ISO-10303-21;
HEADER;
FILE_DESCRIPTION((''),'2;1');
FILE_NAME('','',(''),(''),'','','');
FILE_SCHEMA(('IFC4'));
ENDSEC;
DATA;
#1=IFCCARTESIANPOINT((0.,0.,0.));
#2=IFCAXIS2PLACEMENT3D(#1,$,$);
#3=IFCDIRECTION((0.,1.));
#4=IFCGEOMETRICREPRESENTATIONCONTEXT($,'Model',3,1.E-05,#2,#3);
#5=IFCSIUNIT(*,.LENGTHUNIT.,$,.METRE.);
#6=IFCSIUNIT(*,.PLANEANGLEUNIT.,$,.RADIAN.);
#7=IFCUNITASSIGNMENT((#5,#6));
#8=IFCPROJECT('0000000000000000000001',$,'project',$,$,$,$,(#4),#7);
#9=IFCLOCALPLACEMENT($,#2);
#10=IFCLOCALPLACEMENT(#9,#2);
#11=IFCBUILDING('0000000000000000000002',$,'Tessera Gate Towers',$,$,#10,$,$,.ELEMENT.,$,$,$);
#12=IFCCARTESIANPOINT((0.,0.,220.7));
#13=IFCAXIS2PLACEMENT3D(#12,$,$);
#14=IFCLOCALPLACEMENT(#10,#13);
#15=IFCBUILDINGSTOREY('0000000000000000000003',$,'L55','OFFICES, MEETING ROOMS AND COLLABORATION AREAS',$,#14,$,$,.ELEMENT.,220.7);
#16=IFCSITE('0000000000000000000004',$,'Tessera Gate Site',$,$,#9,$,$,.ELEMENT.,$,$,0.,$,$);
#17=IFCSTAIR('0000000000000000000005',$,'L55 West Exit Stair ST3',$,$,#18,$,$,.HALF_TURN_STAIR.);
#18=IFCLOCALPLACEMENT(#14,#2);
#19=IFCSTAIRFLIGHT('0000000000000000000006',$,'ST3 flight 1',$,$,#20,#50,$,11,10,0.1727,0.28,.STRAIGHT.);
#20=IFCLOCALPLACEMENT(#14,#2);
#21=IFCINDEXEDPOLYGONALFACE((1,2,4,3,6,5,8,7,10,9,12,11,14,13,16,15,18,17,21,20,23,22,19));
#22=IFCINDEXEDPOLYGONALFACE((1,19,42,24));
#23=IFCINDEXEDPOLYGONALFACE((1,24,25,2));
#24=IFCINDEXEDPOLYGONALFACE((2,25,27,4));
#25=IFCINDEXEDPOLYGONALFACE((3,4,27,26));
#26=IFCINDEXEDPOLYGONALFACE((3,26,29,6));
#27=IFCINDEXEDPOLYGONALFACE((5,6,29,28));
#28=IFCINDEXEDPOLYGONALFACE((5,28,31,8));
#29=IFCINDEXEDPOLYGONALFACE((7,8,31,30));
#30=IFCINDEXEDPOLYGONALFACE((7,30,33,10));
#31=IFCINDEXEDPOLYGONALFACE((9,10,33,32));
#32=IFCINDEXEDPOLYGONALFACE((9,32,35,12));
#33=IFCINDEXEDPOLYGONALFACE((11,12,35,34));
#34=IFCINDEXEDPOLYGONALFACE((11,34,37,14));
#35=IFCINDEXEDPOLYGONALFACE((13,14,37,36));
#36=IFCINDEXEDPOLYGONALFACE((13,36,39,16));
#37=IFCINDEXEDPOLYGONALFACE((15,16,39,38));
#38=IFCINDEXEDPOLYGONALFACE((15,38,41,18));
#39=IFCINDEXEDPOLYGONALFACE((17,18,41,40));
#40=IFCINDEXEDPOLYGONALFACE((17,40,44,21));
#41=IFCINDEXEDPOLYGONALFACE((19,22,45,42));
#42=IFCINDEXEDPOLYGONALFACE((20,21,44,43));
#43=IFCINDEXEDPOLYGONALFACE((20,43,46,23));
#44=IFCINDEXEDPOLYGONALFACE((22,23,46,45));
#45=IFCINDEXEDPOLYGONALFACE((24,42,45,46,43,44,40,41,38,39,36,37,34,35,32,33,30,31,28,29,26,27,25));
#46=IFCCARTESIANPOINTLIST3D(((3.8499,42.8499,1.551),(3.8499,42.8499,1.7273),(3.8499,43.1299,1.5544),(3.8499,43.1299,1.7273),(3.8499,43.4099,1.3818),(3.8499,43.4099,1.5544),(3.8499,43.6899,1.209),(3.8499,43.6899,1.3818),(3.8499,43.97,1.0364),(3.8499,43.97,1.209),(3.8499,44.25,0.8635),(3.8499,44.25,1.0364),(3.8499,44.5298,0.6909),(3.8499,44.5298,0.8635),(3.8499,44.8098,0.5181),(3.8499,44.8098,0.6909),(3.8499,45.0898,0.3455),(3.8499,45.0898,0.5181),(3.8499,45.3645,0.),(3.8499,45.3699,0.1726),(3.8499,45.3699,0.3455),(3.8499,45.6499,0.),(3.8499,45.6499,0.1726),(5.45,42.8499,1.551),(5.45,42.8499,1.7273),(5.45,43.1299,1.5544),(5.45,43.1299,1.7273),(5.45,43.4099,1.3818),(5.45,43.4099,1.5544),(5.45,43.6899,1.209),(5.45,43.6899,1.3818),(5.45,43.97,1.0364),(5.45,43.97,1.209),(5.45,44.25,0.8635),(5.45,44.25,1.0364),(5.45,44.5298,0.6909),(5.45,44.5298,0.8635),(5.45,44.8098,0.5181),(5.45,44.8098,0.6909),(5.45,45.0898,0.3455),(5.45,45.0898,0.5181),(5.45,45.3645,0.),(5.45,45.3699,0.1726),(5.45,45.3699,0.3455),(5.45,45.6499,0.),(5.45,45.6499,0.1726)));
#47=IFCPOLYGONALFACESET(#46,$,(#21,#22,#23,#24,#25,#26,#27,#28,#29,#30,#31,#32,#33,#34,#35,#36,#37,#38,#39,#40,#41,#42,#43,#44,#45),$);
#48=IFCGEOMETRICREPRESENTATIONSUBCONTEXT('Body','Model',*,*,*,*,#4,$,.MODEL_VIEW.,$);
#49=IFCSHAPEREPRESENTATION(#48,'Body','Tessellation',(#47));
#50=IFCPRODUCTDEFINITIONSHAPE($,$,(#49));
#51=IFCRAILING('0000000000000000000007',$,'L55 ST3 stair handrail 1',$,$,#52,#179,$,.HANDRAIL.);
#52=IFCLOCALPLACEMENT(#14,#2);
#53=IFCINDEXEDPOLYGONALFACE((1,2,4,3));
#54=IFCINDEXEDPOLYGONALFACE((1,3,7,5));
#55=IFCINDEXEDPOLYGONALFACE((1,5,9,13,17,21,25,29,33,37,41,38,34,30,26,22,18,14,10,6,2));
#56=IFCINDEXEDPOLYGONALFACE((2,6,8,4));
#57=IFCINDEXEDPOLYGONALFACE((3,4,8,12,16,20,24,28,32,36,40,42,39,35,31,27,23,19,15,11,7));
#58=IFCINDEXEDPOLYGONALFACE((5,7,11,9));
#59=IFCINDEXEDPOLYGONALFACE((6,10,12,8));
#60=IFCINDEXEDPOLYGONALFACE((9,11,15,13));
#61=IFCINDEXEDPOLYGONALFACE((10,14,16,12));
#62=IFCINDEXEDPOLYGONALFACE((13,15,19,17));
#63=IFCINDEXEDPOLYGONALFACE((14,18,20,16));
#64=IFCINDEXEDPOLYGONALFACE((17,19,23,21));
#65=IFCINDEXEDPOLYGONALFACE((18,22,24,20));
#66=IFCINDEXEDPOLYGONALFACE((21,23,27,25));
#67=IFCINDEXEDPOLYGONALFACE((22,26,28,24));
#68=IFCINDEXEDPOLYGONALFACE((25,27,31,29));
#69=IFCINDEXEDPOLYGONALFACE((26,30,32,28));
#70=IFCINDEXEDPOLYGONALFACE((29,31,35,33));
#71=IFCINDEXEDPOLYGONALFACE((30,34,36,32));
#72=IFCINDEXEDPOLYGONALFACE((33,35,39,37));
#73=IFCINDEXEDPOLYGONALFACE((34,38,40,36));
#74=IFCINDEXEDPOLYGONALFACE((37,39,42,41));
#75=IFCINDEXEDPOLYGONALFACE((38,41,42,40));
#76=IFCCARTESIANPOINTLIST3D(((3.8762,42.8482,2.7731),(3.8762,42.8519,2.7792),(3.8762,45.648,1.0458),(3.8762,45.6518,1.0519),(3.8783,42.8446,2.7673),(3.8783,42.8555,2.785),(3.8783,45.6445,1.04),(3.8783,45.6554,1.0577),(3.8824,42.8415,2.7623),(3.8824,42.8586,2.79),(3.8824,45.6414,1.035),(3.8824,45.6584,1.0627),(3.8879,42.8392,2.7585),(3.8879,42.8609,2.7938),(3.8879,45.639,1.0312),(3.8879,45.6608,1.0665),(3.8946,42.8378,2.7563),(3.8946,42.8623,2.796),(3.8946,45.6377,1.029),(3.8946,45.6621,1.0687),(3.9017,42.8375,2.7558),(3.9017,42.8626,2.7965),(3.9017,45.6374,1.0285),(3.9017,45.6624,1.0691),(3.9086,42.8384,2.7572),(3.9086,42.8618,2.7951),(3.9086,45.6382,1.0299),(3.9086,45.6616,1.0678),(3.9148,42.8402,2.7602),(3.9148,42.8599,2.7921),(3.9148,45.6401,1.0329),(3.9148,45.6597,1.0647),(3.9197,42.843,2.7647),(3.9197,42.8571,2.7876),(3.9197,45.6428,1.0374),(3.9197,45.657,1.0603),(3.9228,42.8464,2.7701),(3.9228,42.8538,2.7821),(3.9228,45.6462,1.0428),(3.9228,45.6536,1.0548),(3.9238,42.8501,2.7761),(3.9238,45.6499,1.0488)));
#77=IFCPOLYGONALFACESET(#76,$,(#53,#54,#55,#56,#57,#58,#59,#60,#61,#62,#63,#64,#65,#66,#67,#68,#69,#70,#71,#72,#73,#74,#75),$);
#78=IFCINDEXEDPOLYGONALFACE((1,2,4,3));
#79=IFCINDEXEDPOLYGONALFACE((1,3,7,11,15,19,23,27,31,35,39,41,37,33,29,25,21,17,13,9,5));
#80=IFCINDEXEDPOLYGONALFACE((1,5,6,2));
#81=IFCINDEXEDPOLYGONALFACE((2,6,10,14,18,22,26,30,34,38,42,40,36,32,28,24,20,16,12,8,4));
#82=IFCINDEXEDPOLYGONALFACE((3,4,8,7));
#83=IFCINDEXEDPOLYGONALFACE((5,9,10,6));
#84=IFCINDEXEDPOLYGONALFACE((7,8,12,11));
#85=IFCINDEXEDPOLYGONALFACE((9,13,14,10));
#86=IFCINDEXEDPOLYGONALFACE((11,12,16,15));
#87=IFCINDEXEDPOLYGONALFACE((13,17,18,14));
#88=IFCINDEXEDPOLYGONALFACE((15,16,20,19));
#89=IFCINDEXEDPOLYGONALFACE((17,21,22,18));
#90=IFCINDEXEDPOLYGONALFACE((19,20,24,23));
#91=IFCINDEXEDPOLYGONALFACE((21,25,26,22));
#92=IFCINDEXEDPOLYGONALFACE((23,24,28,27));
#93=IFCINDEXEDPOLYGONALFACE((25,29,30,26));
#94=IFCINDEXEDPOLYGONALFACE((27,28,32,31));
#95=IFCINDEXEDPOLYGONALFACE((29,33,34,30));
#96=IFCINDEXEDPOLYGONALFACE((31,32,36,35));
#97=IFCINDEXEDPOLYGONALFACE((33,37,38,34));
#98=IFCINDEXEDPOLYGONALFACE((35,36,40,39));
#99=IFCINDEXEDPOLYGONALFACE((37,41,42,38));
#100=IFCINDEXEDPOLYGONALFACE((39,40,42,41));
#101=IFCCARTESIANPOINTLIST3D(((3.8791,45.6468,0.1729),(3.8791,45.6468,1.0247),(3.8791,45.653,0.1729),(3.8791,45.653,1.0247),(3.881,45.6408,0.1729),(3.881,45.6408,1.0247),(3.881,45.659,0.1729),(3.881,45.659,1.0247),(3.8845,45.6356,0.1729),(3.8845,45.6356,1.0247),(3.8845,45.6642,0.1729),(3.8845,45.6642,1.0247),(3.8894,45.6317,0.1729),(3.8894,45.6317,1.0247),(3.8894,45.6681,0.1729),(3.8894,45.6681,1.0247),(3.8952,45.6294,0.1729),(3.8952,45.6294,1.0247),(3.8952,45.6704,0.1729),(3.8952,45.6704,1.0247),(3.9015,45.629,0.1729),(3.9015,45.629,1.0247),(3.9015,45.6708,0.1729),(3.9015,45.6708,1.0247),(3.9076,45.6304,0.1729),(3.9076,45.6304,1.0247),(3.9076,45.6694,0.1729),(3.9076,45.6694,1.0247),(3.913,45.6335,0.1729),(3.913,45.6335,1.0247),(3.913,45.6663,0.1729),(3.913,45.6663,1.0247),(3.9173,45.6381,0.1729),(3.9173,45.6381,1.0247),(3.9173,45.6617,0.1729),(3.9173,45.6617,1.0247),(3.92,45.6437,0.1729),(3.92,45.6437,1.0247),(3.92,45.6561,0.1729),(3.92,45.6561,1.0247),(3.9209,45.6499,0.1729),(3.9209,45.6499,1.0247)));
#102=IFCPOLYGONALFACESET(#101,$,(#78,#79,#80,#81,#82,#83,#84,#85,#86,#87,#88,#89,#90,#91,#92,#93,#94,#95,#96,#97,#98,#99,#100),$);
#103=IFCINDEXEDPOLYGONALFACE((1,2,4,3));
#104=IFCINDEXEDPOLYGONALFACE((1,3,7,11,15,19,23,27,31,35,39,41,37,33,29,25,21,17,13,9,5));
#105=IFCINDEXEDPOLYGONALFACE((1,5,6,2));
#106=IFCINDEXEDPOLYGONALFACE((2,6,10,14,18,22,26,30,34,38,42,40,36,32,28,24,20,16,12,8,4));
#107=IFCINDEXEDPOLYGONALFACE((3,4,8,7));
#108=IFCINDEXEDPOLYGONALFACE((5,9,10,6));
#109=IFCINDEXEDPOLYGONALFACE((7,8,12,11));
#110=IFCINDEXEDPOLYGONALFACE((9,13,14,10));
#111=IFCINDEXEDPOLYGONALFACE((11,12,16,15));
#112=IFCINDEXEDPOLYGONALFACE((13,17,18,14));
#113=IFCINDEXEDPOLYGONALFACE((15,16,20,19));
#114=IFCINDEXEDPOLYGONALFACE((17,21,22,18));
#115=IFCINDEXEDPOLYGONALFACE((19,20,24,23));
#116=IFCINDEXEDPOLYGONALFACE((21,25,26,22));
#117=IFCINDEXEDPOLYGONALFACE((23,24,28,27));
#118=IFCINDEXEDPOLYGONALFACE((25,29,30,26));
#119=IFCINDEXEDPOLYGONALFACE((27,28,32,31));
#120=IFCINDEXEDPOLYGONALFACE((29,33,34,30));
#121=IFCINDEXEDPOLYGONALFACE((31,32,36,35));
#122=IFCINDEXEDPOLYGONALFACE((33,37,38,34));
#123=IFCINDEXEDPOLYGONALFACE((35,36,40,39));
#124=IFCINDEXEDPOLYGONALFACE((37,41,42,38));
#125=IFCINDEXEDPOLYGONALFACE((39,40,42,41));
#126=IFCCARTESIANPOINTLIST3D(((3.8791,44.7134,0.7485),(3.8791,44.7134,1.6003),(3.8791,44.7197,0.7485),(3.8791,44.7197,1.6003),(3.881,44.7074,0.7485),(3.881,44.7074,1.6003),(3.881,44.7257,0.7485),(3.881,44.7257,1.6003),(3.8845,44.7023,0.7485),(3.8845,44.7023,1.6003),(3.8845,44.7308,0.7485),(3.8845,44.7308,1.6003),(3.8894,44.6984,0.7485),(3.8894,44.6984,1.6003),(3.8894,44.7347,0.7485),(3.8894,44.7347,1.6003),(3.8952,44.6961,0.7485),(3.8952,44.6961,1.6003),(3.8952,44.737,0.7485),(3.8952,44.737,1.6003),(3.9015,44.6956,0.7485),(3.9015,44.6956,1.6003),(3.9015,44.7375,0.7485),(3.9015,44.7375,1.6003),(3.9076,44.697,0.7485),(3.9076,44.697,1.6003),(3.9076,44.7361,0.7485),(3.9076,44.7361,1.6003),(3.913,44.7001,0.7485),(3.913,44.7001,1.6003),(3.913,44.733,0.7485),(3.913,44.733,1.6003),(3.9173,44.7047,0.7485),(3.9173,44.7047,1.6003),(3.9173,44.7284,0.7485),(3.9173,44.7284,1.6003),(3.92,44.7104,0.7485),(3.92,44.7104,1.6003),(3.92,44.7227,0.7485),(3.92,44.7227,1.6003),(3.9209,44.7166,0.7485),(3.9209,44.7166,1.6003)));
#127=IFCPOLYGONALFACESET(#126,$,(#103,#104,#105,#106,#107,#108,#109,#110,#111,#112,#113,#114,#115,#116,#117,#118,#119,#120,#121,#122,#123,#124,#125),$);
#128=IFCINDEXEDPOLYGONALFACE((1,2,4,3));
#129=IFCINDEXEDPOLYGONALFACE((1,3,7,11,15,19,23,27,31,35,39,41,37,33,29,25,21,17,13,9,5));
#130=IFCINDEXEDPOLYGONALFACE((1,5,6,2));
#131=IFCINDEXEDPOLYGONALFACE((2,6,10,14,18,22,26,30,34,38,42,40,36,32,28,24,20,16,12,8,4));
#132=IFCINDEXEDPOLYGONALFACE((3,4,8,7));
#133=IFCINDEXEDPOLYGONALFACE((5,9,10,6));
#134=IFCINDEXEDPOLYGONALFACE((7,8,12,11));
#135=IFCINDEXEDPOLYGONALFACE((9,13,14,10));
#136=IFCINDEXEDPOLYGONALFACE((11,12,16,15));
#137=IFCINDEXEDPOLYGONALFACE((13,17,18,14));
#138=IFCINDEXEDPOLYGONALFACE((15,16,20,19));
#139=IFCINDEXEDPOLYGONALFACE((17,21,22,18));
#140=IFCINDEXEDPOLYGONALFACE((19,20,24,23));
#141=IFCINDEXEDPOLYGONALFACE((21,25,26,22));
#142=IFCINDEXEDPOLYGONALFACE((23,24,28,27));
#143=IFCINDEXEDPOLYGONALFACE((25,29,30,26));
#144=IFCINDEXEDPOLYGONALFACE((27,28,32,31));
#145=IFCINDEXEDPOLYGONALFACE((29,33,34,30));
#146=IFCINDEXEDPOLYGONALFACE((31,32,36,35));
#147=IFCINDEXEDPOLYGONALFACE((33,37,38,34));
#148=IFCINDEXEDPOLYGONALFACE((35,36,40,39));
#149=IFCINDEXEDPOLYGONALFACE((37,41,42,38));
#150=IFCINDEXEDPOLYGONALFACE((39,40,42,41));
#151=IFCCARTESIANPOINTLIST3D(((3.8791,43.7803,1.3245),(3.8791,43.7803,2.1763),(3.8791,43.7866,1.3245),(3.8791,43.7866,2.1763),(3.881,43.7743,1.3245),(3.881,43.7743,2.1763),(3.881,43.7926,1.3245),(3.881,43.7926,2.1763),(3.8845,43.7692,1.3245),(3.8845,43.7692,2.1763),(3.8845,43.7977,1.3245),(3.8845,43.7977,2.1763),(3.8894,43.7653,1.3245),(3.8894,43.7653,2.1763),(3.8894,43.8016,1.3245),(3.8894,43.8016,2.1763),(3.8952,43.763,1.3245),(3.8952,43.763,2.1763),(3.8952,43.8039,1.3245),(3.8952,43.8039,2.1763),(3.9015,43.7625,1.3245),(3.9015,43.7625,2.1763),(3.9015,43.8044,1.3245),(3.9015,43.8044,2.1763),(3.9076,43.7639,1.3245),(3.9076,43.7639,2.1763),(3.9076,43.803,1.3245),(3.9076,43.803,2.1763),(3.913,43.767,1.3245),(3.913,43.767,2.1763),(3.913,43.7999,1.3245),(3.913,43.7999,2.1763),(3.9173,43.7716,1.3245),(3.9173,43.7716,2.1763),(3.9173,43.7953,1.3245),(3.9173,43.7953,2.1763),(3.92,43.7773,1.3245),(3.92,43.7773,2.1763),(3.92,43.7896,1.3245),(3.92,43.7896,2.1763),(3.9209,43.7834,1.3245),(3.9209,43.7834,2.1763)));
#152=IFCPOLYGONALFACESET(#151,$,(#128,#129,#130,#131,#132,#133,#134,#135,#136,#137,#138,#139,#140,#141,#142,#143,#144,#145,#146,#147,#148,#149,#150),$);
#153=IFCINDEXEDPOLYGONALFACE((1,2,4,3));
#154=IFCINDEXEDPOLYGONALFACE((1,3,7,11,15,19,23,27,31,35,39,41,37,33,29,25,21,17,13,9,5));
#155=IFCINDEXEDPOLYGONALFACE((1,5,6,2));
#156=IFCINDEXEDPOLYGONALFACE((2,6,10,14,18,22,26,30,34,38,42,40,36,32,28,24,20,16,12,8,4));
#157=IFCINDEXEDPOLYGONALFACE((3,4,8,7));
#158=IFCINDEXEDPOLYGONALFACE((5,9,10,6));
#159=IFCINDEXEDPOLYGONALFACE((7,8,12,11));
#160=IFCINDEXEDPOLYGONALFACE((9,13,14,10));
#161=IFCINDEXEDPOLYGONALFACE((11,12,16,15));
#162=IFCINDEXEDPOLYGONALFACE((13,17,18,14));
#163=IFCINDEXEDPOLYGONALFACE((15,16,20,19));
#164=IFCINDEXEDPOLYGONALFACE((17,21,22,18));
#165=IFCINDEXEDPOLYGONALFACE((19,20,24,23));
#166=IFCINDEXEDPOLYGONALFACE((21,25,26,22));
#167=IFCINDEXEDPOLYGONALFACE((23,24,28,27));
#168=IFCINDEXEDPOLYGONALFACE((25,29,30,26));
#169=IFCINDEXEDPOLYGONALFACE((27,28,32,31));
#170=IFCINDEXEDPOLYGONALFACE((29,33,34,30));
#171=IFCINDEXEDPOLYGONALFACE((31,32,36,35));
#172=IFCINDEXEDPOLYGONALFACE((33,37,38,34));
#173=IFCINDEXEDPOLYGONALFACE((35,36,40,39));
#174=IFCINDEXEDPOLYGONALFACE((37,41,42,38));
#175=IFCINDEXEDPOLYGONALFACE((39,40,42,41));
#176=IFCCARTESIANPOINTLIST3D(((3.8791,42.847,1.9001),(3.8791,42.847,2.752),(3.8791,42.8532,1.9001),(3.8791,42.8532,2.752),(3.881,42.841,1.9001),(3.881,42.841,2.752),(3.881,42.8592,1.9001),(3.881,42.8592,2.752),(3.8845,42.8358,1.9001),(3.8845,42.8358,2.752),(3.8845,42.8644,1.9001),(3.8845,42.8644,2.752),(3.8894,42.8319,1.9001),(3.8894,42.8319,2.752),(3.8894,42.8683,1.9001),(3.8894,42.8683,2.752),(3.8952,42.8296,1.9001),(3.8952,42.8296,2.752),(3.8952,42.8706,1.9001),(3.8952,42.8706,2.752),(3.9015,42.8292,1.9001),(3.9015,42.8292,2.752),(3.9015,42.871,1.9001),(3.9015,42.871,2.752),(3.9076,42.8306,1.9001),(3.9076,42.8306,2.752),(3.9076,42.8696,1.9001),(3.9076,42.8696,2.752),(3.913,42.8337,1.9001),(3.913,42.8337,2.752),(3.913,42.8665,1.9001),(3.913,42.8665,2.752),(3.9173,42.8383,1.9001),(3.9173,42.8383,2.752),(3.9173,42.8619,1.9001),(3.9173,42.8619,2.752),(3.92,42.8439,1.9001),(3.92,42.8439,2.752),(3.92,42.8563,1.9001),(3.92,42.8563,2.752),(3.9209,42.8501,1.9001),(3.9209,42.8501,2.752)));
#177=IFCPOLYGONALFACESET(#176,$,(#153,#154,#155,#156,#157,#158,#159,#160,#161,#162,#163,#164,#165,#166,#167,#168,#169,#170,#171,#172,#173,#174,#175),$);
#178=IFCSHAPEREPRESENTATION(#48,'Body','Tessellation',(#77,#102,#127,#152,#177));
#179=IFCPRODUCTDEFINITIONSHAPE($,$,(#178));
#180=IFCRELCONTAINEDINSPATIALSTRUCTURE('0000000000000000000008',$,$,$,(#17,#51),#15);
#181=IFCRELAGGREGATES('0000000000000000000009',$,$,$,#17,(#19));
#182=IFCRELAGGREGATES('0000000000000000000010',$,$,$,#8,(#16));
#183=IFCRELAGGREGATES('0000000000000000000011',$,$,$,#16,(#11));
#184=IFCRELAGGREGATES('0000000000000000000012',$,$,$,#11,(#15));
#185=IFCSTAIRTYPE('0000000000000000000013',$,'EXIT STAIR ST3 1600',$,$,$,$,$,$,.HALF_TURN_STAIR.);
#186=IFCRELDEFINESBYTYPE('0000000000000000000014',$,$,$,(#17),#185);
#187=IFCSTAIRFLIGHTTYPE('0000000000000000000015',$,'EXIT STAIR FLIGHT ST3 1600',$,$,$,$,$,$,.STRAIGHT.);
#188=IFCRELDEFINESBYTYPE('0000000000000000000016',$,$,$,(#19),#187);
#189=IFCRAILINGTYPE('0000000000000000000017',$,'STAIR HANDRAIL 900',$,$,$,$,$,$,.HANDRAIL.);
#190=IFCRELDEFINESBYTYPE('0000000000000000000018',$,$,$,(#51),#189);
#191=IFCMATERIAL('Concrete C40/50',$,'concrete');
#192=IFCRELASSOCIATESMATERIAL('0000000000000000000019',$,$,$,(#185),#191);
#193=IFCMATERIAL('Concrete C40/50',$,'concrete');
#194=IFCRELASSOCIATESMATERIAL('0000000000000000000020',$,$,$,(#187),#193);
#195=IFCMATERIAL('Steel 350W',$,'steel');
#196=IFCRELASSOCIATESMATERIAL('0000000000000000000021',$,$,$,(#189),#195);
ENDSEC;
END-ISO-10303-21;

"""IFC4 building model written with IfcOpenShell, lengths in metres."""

from ifc_helpers import new_model, si_unit, direction, frame, origin, origin_2d, place, context, subcontext, project, spatial, polyline, circle, outline, extrude, material, type_object, element, aggregate, save


model = new_model("IFC4")

# Units and contexts
model_context = context("Model", 3, precision=1e-05, world=origin(), true_north=direction((0.0, 1.0)))
body_context = subcontext(model_context, "Body", "Model", "MODEL_VIEW")
ifc_project = project(units=[si_unit("LENGTHUNIT", "METRE"), si_unit("PLANEANGLEUNIT", "RADIAN")], contexts=[model_context])

# Site, building, storey
site_placement = place(None, origin())
site = spatial("IfcSite", under=ifc_project, at=site_placement, Name="Tessera Gate Site", CompositionType="ELEMENT", RefElevation=0.0)
building_placement = place(site_placement, origin())
building = spatial("IfcBuilding", under=site, at=building_placement, Name="Tessera Gate Towers", CompositionType="ELEMENT")
storey_placement = place(building_placement, frame((0.0, 0.0, 220.7)))
storey = spatial("IfcBuildingStorey", under=building, at=storey_placement, Name="L55", Description="OFFICES, MEETING ROOMS AND COLLABORATION AREAS", CompositionType="ELEMENT", Elevation=220.7)

# Stair, stair flight
ifc_material_1 = material(Name="Concrete C40/50", Category="concrete")
stair_type = type_object("IfcStairType", Name="EXIT STAIR ST3 1600", PredefinedType="HALF_TURN_STAIR", material=ifc_material_1)
stair_placement = place(storey_placement, origin())
stair = element("IfcStair", 1, at=stair_placement, inside=storey, type_object=stair_type, Name="L55 West Exit Stair ST3", PredefinedType="HALF_TURN_STAIR")
ifc_material_2 = material(Name="Concrete C40/50", Category="concrete")
stair_flight_type = type_object("IfcStairFlightType", Name="EXIT STAIR FLIGHT ST3 1600", PredefinedType="STRAIGHT", material=ifc_material_2)
stair_flight_placement = place(storey_placement, frame((4.6499, 45.6499, 0.0), z_axis=(0.0, 0.0, 1.0), x_axis=(0.0, -1.0, 0.0)))
stair_flight = element("IfcStairFlight", 2, at=stair_flight_placement, type_object=stair_flight_type, Name="ST3 flight 1", NumberOfRisers=11, NumberOfTreads=10, PredefinedType="STRAIGHT", RiserHeight=0.1727, TreadLength=0.28, context=body_context, shape_type="SweptSolid", body=[
    extrude(outline(polyline([(0.0, 0.0), (0.0, 0.1726), (0.28, 0.1726), (0.28, 0.3455), (0.5601, 0.3455), (0.5601, 0.5181), (0.8401, 0.5181), (0.8401, 0.6909), (1.1201, 0.6909), (1.1201, 0.8635), (1.3999, 0.8635), (1.3999, 1.0364), (1.6799, 1.0364), (1.6799, 1.209), (1.96, 1.209), (1.96, 1.3818), (2.24, 1.3818), (2.24, 1.5544), (2.52, 1.5544), (2.52, 1.7273), (2.8, 1.7273), (2.8, 1.8999), (2.8, 1.551), (0.2854, 0.0), (0.0, 0.0)])), frame((0.0, 0.8, 0.0), z_axis=(0.0, -1.0, 0.0), x_axis=(1.0, 0.0, 0.0)), (0.0, 0.0, 1.0), 1.6001),
])
aggregate(stair, [stair_flight])

# Railing
ifc_material_3 = material(Name="Steel 350W", Category="steel")
railing_type_1 = type_object("IfcRailingType", Name="STAIR HANDRAIL 900", PredefinedType="HANDRAIL", material=ifc_material_3)
railing_1_placement = place(storey_placement, frame((3.8999, 45.6499, 0.1729)))
element("IfcRailing", 3, at=railing_1_placement, inside=storey, type_object=railing_type_1, Name="L55 ST3 stair handrail 1", PredefinedType="HANDRAIL", context=body_context, shape_type="SweptSolid", body=[
    extrude(circle(Radius=0.0239, at=origin_2d()), frame((0.0, 0.0, 0.876), z_axis=(0.0, -0.851069, 0.525054), x_axis=(1.0, 0.0, 0.0)), (0.0, 0.0, 1.0), 3.2898),
    extrude(circle(Radius=0.021, at=origin_2d()), origin(), (0.0, 0.0, 1.0), 0.8518),
    extrude(circle(Radius=0.021, at=origin_2d()), frame((0.0, -0.9333, 0.5757)), (0.0, 0.0, 1.0), 0.8518),
    extrude(circle(Radius=0.021, at=origin_2d()), frame((0.0, -1.8665, 1.1516)), (0.0, 0.0, 1.0), 0.8518),
    extrude(circle(Radius=0.021, at=origin_2d()), frame((0.0, -2.7998, 1.7273)), (0.0, 0.0, 1.0), 0.8518),
])

save(model, "model.ifc")
